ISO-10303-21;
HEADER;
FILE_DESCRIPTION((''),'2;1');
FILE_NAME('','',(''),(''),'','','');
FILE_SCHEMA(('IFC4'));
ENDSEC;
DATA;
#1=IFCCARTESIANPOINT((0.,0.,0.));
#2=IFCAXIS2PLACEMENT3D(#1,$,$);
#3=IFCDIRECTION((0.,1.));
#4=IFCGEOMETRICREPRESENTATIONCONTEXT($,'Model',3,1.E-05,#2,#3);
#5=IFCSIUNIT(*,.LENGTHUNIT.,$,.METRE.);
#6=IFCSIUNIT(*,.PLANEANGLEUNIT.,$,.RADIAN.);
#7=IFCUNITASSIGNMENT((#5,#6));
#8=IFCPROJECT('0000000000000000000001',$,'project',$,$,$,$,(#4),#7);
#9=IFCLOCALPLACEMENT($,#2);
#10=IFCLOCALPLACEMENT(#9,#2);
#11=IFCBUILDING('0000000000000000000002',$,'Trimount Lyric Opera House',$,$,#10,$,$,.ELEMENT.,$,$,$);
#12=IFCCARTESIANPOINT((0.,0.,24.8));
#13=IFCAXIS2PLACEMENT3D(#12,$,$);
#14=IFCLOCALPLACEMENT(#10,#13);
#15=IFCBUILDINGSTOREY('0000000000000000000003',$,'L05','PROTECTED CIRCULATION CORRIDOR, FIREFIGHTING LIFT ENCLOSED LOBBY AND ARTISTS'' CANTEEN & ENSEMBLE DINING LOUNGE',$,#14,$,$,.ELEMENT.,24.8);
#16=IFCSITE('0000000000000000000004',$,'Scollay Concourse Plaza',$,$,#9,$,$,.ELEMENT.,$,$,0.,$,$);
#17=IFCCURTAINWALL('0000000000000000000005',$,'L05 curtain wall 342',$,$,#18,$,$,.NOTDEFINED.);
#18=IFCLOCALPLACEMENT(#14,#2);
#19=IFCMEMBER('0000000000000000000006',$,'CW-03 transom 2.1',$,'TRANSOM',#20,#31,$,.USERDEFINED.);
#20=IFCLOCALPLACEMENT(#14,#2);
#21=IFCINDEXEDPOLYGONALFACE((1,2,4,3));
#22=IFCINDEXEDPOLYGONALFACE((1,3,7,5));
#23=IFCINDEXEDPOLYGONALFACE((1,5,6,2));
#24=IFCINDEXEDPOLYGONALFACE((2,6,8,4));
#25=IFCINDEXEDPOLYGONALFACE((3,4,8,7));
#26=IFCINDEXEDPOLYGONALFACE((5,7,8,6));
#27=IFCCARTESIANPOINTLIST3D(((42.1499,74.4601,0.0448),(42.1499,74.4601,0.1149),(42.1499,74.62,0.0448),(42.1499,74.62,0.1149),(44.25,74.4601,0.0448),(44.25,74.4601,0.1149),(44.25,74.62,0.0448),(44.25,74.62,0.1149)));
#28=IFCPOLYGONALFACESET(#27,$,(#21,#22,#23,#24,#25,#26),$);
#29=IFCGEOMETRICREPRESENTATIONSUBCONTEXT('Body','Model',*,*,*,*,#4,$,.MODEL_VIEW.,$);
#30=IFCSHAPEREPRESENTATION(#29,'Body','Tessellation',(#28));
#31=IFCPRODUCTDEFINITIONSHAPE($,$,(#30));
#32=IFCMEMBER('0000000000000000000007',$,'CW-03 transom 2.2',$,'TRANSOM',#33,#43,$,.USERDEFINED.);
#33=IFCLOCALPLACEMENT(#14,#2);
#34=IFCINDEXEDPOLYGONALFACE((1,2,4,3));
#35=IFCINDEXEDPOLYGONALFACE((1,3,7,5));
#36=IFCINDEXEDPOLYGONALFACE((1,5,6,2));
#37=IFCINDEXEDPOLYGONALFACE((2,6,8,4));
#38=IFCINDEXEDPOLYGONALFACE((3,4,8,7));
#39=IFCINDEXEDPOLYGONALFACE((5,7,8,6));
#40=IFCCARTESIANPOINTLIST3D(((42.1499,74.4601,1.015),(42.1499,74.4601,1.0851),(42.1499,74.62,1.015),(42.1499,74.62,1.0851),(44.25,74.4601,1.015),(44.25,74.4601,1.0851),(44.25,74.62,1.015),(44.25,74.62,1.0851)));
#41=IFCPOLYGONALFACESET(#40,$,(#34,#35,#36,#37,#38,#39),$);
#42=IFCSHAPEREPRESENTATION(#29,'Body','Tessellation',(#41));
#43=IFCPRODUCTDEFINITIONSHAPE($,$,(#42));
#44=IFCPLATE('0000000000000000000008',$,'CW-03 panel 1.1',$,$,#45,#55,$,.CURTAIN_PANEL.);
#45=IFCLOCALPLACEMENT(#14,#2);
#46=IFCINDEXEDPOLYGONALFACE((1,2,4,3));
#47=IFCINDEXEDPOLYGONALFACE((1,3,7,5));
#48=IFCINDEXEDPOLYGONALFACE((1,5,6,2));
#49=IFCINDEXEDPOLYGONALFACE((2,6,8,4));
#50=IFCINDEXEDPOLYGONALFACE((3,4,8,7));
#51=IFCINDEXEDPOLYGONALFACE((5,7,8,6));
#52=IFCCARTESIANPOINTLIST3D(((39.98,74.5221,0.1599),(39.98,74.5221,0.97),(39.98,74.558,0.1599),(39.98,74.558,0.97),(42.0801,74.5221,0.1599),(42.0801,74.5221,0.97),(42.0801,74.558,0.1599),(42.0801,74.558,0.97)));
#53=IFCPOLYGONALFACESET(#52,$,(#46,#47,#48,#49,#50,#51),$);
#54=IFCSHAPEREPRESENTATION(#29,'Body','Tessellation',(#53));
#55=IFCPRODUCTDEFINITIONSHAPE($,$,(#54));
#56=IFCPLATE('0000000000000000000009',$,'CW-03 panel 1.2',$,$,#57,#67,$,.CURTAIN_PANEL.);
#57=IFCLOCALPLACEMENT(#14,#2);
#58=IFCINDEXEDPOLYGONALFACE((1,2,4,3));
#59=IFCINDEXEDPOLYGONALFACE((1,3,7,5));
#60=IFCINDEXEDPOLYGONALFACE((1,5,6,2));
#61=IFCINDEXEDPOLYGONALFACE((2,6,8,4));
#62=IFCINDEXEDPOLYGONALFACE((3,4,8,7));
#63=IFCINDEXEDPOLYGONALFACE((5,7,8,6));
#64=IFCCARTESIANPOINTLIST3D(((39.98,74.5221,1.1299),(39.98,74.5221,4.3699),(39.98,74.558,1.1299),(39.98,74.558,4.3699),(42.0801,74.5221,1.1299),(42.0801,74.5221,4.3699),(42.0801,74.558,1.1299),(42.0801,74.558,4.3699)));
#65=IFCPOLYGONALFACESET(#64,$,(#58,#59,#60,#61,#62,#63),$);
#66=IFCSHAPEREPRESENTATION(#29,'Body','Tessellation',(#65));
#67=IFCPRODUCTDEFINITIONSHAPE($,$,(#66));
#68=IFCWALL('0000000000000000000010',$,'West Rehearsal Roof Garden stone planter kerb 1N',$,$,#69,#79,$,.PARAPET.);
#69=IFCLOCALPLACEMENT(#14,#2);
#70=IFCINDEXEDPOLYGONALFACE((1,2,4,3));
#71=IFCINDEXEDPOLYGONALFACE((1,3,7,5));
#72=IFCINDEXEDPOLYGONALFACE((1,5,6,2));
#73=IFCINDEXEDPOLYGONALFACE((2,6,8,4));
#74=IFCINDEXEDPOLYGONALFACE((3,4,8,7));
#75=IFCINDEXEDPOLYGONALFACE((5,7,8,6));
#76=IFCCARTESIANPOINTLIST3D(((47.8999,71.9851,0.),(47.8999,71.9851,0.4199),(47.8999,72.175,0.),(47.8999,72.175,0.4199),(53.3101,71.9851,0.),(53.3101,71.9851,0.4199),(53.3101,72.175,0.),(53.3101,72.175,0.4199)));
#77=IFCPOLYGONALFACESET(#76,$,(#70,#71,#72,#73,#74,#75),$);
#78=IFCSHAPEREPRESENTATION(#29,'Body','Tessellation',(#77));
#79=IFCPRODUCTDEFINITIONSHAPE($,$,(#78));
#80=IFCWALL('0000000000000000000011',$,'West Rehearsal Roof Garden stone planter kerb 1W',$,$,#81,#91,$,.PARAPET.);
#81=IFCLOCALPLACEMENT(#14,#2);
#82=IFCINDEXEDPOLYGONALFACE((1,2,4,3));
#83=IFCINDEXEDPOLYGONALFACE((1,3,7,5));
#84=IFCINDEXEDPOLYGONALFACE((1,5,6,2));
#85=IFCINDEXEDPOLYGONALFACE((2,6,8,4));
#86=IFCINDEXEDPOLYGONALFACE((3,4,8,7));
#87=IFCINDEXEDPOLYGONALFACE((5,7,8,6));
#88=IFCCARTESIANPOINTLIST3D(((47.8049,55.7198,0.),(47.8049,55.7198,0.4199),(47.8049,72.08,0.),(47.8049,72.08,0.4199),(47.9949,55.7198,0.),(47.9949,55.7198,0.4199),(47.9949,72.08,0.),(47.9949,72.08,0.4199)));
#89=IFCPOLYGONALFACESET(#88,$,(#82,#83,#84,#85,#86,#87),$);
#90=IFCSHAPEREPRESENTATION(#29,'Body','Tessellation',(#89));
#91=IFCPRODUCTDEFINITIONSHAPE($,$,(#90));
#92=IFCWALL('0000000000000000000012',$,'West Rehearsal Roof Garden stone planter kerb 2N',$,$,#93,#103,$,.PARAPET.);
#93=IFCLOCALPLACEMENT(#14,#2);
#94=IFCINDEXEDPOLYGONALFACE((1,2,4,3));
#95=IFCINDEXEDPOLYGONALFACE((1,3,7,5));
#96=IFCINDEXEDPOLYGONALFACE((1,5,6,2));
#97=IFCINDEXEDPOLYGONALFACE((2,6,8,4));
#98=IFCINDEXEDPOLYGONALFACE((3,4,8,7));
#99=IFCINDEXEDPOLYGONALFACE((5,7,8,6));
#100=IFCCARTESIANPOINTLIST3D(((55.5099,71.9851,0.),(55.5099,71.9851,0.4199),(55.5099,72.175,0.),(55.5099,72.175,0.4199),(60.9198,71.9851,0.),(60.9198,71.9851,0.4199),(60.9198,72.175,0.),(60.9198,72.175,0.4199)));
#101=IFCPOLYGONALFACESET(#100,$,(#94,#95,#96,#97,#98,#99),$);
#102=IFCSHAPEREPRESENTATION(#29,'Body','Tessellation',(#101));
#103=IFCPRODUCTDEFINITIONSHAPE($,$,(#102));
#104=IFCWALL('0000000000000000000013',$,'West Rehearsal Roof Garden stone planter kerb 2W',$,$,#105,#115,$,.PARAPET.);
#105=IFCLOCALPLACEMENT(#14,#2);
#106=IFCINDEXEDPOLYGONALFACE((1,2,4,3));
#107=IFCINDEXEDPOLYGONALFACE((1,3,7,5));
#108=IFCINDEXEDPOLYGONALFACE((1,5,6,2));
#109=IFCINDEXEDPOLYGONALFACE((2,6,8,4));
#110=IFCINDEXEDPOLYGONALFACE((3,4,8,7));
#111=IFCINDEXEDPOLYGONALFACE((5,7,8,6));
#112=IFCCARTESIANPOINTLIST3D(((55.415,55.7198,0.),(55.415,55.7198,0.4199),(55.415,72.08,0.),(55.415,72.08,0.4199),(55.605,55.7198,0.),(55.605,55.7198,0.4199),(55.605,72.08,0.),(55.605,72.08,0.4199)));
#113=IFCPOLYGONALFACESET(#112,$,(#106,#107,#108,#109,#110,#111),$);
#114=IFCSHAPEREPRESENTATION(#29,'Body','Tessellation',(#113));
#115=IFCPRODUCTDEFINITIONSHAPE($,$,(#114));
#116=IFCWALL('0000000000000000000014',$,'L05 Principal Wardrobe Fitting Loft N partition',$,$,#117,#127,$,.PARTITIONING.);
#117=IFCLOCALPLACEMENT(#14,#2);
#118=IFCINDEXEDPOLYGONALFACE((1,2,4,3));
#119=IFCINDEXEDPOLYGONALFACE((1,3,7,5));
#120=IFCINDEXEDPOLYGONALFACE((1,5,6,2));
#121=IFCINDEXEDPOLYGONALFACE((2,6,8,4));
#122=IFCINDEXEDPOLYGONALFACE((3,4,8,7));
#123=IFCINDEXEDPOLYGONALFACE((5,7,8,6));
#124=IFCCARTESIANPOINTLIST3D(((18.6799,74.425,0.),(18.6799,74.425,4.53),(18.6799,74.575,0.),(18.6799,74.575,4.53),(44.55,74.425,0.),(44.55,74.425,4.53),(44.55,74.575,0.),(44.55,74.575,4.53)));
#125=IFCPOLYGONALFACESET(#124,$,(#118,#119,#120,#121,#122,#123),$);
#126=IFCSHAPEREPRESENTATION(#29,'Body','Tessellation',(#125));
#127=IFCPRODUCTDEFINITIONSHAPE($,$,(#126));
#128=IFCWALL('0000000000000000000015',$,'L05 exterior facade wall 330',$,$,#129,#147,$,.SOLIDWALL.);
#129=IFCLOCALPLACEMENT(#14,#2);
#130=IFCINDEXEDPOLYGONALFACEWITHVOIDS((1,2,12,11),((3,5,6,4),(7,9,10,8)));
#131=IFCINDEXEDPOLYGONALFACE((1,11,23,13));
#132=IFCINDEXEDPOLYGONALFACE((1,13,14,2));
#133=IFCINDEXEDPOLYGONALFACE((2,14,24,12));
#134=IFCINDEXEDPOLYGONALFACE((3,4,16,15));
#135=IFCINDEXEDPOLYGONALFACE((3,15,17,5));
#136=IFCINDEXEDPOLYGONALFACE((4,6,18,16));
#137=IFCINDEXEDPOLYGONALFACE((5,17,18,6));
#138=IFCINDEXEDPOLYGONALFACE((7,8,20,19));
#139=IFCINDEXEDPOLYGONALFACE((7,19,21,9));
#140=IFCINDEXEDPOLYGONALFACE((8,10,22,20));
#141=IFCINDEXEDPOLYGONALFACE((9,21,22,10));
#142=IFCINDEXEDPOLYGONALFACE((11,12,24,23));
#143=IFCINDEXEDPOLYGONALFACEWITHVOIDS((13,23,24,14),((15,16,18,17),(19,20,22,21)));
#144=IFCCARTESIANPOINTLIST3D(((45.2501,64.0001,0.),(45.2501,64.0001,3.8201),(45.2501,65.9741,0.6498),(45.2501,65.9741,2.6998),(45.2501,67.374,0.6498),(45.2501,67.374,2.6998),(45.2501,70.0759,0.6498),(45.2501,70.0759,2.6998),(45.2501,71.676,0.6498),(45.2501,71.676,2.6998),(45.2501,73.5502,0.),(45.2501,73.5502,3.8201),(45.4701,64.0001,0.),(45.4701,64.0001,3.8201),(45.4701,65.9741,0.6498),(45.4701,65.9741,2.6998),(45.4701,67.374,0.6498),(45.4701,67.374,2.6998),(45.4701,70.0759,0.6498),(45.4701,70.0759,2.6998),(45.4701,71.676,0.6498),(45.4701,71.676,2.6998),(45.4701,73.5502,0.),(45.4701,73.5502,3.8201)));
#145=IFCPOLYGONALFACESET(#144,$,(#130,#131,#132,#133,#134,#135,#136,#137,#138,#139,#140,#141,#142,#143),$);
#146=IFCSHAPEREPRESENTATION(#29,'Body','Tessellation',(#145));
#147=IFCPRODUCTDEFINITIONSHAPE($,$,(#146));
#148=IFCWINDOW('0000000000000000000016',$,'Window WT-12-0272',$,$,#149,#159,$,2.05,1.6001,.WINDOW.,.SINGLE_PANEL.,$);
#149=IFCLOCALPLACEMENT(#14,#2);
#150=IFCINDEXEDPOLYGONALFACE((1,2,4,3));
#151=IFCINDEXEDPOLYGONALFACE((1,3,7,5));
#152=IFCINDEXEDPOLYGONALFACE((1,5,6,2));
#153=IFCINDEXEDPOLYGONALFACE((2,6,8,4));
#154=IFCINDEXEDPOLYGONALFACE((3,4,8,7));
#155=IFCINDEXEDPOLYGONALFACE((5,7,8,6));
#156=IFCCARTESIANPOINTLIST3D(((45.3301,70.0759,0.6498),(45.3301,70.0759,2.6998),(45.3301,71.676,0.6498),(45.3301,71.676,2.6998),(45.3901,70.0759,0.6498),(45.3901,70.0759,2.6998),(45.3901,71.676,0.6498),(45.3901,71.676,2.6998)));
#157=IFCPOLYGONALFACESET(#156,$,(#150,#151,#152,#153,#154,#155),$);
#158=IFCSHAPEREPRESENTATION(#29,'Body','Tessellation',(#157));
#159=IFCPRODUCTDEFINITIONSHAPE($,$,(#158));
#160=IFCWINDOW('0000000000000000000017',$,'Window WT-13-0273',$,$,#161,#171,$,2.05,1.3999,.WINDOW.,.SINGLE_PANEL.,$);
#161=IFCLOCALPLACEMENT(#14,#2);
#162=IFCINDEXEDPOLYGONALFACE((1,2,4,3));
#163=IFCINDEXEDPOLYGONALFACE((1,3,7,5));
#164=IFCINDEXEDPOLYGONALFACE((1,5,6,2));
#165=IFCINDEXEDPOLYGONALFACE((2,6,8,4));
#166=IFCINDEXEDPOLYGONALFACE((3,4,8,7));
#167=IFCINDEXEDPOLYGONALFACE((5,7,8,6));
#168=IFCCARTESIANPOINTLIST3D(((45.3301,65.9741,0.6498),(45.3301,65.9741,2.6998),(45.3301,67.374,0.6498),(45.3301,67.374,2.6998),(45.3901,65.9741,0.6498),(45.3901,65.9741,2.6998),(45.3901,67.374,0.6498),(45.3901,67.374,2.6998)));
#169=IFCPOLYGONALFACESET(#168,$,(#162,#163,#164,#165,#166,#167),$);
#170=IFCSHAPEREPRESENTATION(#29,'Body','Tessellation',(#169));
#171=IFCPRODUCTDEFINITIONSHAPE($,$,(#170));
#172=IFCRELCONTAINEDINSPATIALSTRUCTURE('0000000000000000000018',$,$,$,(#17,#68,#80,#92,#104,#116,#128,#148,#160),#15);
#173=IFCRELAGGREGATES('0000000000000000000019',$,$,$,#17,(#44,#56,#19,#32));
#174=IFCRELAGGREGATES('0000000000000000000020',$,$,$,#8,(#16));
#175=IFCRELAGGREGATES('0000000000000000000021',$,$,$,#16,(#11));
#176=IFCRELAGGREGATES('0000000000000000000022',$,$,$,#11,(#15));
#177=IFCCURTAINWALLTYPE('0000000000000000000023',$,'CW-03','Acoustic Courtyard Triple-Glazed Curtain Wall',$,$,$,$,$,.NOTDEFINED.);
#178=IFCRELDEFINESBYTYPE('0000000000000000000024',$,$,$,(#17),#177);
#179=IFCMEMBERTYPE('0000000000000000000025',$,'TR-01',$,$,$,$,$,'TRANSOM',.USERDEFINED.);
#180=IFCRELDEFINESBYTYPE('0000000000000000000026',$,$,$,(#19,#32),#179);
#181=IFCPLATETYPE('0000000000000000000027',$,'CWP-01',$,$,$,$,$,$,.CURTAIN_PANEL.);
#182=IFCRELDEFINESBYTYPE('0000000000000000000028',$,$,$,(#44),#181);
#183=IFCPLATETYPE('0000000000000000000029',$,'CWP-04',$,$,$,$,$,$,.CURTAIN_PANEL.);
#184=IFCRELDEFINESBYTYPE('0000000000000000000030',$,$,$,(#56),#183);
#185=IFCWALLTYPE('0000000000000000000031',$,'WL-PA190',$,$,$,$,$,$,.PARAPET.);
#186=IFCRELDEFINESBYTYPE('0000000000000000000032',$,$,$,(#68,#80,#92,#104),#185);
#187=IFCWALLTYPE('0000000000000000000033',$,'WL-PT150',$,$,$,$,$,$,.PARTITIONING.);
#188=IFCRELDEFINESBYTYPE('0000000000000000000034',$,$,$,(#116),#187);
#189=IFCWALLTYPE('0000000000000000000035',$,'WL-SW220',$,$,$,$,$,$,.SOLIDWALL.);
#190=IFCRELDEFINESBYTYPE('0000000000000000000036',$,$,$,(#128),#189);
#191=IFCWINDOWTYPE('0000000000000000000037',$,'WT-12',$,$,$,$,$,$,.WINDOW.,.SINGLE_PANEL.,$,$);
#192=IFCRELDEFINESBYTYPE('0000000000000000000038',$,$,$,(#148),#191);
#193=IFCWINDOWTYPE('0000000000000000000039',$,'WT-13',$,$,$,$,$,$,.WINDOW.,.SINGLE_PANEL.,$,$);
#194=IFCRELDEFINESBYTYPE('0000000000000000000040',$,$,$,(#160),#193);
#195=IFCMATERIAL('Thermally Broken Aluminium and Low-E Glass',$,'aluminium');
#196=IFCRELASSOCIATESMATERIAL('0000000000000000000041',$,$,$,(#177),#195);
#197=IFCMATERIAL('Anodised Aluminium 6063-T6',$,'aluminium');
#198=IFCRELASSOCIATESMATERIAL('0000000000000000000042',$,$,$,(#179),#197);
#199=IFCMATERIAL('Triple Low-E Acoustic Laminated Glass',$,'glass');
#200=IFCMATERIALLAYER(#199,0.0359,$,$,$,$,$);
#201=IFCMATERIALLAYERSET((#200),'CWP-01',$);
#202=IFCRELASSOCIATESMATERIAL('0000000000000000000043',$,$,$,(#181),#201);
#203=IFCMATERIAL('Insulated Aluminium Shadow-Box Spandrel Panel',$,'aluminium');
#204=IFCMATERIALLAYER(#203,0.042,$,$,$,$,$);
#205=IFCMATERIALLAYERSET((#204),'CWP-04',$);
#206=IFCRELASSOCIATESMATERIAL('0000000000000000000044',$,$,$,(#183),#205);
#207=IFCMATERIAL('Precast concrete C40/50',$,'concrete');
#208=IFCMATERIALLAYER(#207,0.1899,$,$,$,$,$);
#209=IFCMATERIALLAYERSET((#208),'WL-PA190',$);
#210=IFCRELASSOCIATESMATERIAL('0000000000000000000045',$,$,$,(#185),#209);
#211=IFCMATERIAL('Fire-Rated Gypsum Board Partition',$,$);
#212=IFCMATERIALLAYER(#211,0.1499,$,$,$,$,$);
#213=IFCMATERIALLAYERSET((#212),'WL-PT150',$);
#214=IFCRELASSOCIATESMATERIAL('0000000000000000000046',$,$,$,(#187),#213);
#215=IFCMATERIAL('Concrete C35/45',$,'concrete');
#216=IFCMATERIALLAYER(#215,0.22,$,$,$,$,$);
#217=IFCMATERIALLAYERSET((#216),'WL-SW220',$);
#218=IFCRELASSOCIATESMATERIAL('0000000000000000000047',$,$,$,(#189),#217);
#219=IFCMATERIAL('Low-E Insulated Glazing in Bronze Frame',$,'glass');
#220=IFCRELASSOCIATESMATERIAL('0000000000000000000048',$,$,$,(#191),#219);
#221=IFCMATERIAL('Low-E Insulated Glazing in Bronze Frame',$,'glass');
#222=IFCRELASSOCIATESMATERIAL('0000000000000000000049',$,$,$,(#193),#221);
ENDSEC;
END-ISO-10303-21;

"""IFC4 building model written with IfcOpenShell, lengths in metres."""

from ifc_helpers import new_model, si_unit, direction, frame, frame_2d, origin, origin_2d, place, context, subcontext, project, spatial, rectangle, extrude, material, layer, layer_set, material_profile, profile_set, type_object, element, fill, aggregate, save


model = new_model("IFC4")

# Units and contexts
model_context = context("Model", 3, precision=1e-05, world=origin(), true_north=direction((0.0, 1.0)))
body_context = subcontext(model_context, "Body", "Model", "MODEL_VIEW")
ifc_project = project(units=[si_unit("LENGTHUNIT", "METRE"), si_unit("PLANEANGLEUNIT", "RADIAN")], contexts=[model_context])

# Site, building, storey
site_placement = place(None, origin())
site = spatial("IfcSite", under=ifc_project, at=site_placement, Name="Scollay Concourse Plaza", CompositionType="ELEMENT", RefElevation=0.0)
building_placement = place(site_placement, origin())
building = spatial("IfcBuilding", under=site, at=building_placement, Name="Trimount Lyric Opera House", CompositionType="ELEMENT")
storey_placement = place(building_placement, frame((0.0, 0.0, 24.8)))
storey = spatial("IfcBuildingStorey", under=building, at=storey_placement, Name="L05", Description="PROTECTED CIRCULATION CORRIDOR, FIREFIGHTING LIFT ENCLOSED LOBBY AND ARTISTS' CANTEEN & ENSEMBLE DINING LOUNGE", CompositionType="ELEMENT", Elevation=24.8)

# Curtain wall
ifc_material_1 = material(Name="Thermally Broken Aluminium and Low-E Glass", Category="aluminium")
curtain_wall_type = type_object("IfcCurtainWallType", Name="CW-03", Description="Acoustic Courtyard Triple-Glazed Curtain Wall", PredefinedType="NOTDEFINED", material=ifc_material_1)
curtain_wall_placement = place(storey_placement, origin())
curtain_wall = element("IfcCurtainWall", 1, at=curtain_wall_placement, inside=storey, type_object=curtain_wall_type, Name="L05 curtain wall 342", PredefinedType="NOTDEFINED")

# Members
ifc_material_2 = material(Name="Anodised Aluminium 6063-T6", Category="aluminium")
ifc_material_profile_1 = material_profile(ifc_material_2, rectangle(XDim=0.1599, YDim=0.0701, at=origin_2d()), Name="ALU-TRAN-70X160")
ifc_profile_set_1 = profile_set([ifc_material_profile_1], Name="Anodised Aluminium 6063-T6")
member_type_1 = type_object("IfcMemberType", Name="TR-01", ElementType="TRANSOM", PredefinedType="USERDEFINED", material=ifc_profile_set_1)
member_1_placement = place(storey_placement, frame((42.1499, 74.54, 0.0798), z_axis=(1.0, 0.0, 0.0), x_axis=(0.0, 1.0, 0.0)))
member_1 = element("IfcMember", 2, at=member_1_placement, type_object=member_type_1, Name="CW-03 transom 2.1", ObjectType="TRANSOM", PredefinedType="USERDEFINED", context=body_context, shape_type="SweptSolid", body=[
    extrude(rectangle(XDim=0.1599, YDim=0.0701, at=origin_2d()), origin(), (0.0, 0.0, 1.0), 2.1001),
])
member_2_placement = place(storey_placement, frame((42.1499, 74.54, 1.05), z_axis=(1.0, 0.0, 0.0), x_axis=(0.0, 1.0, 0.0)))
member_2 = element("IfcMember", 3, at=member_2_placement, type_object=member_type_1, Name="CW-03 transom 2.2", ObjectType="TRANSOM", PredefinedType="USERDEFINED", context=body_context, shape_type="SweptSolid", body=[
    extrude(rectangle(XDim=0.1599, YDim=0.0701, at=origin_2d()), origin(), (0.0, 0.0, 1.0), 2.1001),
])

# Plates
ifc_material_3 = material(Name="Triple Low-E Acoustic Laminated Glass", Category="glass")
ifc_layer_1 = layer(ifc_material_3, 0.0359)
ifc_layer_set_1 = layer_set([ifc_layer_1], Name="CWP-01")
plate_type_1 = type_object("IfcPlateType", Name="CWP-01", PredefinedType="CURTAIN_PANEL", material=ifc_layer_set_1)
plate_1_placement = place(storey_placement, frame((41.03, 74.54, 0.1599), z_axis=(0.0, 0.0, 1.0), x_axis=(1.0, 0.0, 0.0)))
plate_1 = element("IfcPlate", 4, at=plate_1_placement, type_object=plate_type_1, Name="CW-03 panel 1.1", PredefinedType="CURTAIN_PANEL", context=body_context, shape_type="SweptSolid", body=[
    extrude(rectangle(XDim=2.1001, YDim=0.0359, at=origin_2d()), origin(), (0.0, 0.0, 1.0), 0.8101),
])
ifc_material_4 = material(Name="Insulated Aluminium Shadow-Box Spandrel Panel", Category="aluminium")
ifc_layer_2 = layer(ifc_material_4, 0.042)
ifc_layer_set_2 = layer_set([ifc_layer_2], Name="CWP-04")
plate_type_2 = type_object("IfcPlateType", Name="CWP-04", PredefinedType="CURTAIN_PANEL", material=ifc_layer_set_2)
plate_2_placement = place(storey_placement, frame((41.03, 74.54, 1.1299), z_axis=(0.0, 0.0, 1.0), x_axis=(1.0, 0.0, 0.0)))
plate_2 = element("IfcPlate", 5, at=plate_2_placement, type_object=plate_type_2, Name="CW-03 panel 1.2", PredefinedType="CURTAIN_PANEL", context=body_context, shape_type="SweptSolid", body=[
    extrude(rectangle(XDim=2.1001, YDim=0.0359, at=origin_2d()), origin(), (0.0, 0.0, 1.0), 3.24),
])
aggregate(curtain_wall, [plate_1, plate_2, member_1, member_2])

# Walls
ifc_material_5 = material(Name="Precast concrete C40/50", Category="concrete")
ifc_layer_3 = layer(ifc_material_5, 0.1899)
ifc_layer_set_3 = layer_set([ifc_layer_3], Name="WL-PA190")
wall_type_1 = type_object("IfcWallType", Name="WL-PA190", PredefinedType="PARAPET", material=ifc_layer_set_3)
wall_1_placement = place(storey_placement, frame((53.3101, 72.0801, 0.0), z_axis=(0.0, 0.0, 1.0), x_axis=(-1.0, 0.0, 0.0)))
element("IfcWall", 6, at=wall_1_placement, inside=storey, type_object=wall_type_1, Name="West Rehearsal Roof Garden stone planter kerb 1N", PredefinedType="PARAPET", context=body_context, shape_type="SweptSolid", body=[
    extrude(rectangle(XDim=5.4102, YDim=0.1899, at=frame_2d((2.7051, 0.0))), origin(), (0.0, 0.0, 1.0), 0.4199),
])
wall_2_placement = place(storey_placement, frame((47.8999, 72.0801, 0.0), z_axis=(0.0, 0.0, 1.0), x_axis=(0.0, -1.0, 0.0)))
element("IfcWall", 7, at=wall_2_placement, inside=storey, type_object=wall_type_1, Name="West Rehearsal Roof Garden stone planter kerb 1W", PredefinedType="PARAPET", context=body_context, shape_type="SweptSolid", body=[
    extrude(rectangle(XDim=16.3601, YDim=0.1899, at=frame_2d((8.1802, 0.0))), origin(), (0.0, 0.0, 1.0), 0.4199),
])
wall_3_placement = place(storey_placement, frame((60.9199, 72.0801, 0.0), z_axis=(0.0, 0.0, 1.0), x_axis=(-1.0, 0.0, 0.0)))
element("IfcWall", 8, at=wall_3_placement, inside=storey, type_object=wall_type_1, Name="West Rehearsal Roof Garden stone planter kerb 2N", PredefinedType="PARAPET", context=body_context, shape_type="SweptSolid", body=[
    extrude(rectangle(XDim=5.4099, YDim=0.1899, at=frame_2d((2.7051, 0.0))), origin(), (0.0, 0.0, 1.0), 0.4199),
])
wall_4_placement = place(storey_placement, frame((55.51, 72.0801, 0.0), z_axis=(0.0, 0.0, 1.0), x_axis=(0.0, -1.0, 0.0)))
element("IfcWall", 9, at=wall_4_placement, inside=storey, type_object=wall_type_1, Name="West Rehearsal Roof Garden stone planter kerb 2W", PredefinedType="PARAPET", context=body_context, shape_type="SweptSolid", body=[
    extrude(rectangle(XDim=16.3601, YDim=0.1899, at=frame_2d((8.1802, 0.0))), origin(), (0.0, 0.0, 1.0), 0.4199),
])
ifc_material_6 = material(Name="Fire-Rated Gypsum Board Partition")
ifc_layer_4 = layer(ifc_material_6, 0.1499)
ifc_layer_set_4 = layer_set([ifc_layer_4], Name="WL-PT150")
wall_type_2 = type_object("IfcWallType", Name="WL-PT150", PredefinedType="PARTITIONING", material=ifc_layer_set_4)
wall_5_placement = place(storey_placement, frame((44.55, 74.5, 0.0), z_axis=(0.0, 0.0, 1.0), x_axis=(-1.0, 0.0, 0.0)))
element("IfcWall", 10, at=wall_5_placement, inside=storey, type_object=wall_type_2, Name="L05 Principal Wardrobe Fitting Loft N partition", PredefinedType="PARTITIONING", context=body_context, shape_type="SweptSolid", body=[
    extrude(rectangle(XDim=25.8701, YDim=0.1499, at=frame_2d((12.9351, 0.0))), origin(), (0.0, 0.0, 1.0), 4.53),
])

# Wall, openings, windows
ifc_material_7 = material(Name="Concrete C35/45", Category="concrete")
ifc_layer_5 = layer(ifc_material_7, 0.22)
ifc_layer_set_5 = layer_set([ifc_layer_5], Name="WL-SW220")
wall_type_3 = type_object("IfcWallType", Name="WL-SW220", PredefinedType="SOLIDWALL", material=ifc_layer_set_5)
wall_6_placement = place(storey_placement, frame((45.3601, 73.55, 0.0), z_axis=(0.0, 0.0, 1.0), x_axis=(0.0, -1.0, 0.0)))
wall_6 = element("IfcWall", 11, at=wall_6_placement, inside=storey, type_object=wall_type_3, Name="L05 exterior facade wall 330", PredefinedType="SOLIDWALL", context=body_context, shape_type="SweptSolid", body=[
    extrude(rectangle(XDim=9.55, YDim=0.22, at=frame_2d((4.7749, 0.0))), origin(), (0.0, 0.0, 1.0), 3.8201),
])
opening_1_placement = place(wall_6_placement, frame((1.874, 0.0, 0.6499)))
opening_1 = element("IfcOpeningElement", 12, at=opening_1_placement, cuts=wall_6, PredefinedType="OPENING", context=body_context, shape_type="SweptSolid", body=[
    extrude(rectangle(XDim=1.6001, YDim=2.05, at=frame_2d((0.8, 1.0249))), frame((0.0, 0.1201, 0.0), z_axis=(0.0, -1.0, 0.0), x_axis=(1.0, 0.0, 0.0)), (0.0, 0.0, 1.0), 0.24),
])
opening_2_placement = place(wall_6_placement, frame((6.176, 0.0, 0.6499)))
opening_2 = element("IfcOpeningElement", 13, at=opening_2_placement, cuts=wall_6, PredefinedType="OPENING", context=body_context, shape_type="SweptSolid", body=[
    extrude(rectangle(XDim=1.3999, YDim=2.05, at=frame_2d((0.7, 1.0249))), frame((0.0, 0.1201, 0.0), z_axis=(0.0, -1.0, 0.0), x_axis=(1.0, 0.0, 0.0)), (0.0, 0.0, 1.0), 0.24),
])
ifc_material_8 = material(Name="Low-E Insulated Glazing in Bronze Frame", Category="glass")
window_type_1 = type_object("IfcWindowType", Name="WT-12", PartitioningType="SINGLE_PANEL", PredefinedType="WINDOW", material=ifc_material_8)
window_1_placement = place(opening_1_placement, origin())
window_1 = element("IfcWindow", 14, at=window_1_placement, inside=storey, type_object=window_type_1, Name="Window WT-12-0272", OverallHeight=2.05, OverallWidth=1.6001, PartitioningType="SINGLE_PANEL", PredefinedType="WINDOW", context=body_context, shape_type="SweptSolid", body=[
    extrude(rectangle(XDim=1.6001, YDim=2.05, at=frame_2d((0.8, 1.0249))), frame((0.0, 0.03, 0.0), z_axis=(0.0, -1.0, 0.0), x_axis=(1.0, 0.0, 0.0)), (0.0, 0.0, 1.0), 0.0601),
])
fill(opening_1, window_1)
ifc_material_9 = material(Name="Low-E Insulated Glazing in Bronze Frame", Category="glass")
window_type_2 = type_object("IfcWindowType", Name="WT-13", PartitioningType="SINGLE_PANEL", PredefinedType="WINDOW", material=ifc_material_9)
window_2_placement = place(opening_2_placement, origin())
window_2 = element("IfcWindow", 15, at=window_2_placement, inside=storey, type_object=window_type_2, Name="Window WT-13-0273", OverallHeight=2.05, OverallWidth=1.3999, PartitioningType="SINGLE_PANEL", PredefinedType="WINDOW", context=body_context, shape_type="SweptSolid", body=[
    extrude(rectangle(XDim=1.3999, YDim=2.05, at=frame_2d((0.7, 1.0249))), frame((0.0, 0.03, 0.0), z_axis=(0.0, -1.0, 0.0), x_axis=(1.0, 0.0, 0.0)), (0.0, 0.0, 1.0), 0.0601),
])
fill(opening_2, window_2)

save(model, "model.ifc")
